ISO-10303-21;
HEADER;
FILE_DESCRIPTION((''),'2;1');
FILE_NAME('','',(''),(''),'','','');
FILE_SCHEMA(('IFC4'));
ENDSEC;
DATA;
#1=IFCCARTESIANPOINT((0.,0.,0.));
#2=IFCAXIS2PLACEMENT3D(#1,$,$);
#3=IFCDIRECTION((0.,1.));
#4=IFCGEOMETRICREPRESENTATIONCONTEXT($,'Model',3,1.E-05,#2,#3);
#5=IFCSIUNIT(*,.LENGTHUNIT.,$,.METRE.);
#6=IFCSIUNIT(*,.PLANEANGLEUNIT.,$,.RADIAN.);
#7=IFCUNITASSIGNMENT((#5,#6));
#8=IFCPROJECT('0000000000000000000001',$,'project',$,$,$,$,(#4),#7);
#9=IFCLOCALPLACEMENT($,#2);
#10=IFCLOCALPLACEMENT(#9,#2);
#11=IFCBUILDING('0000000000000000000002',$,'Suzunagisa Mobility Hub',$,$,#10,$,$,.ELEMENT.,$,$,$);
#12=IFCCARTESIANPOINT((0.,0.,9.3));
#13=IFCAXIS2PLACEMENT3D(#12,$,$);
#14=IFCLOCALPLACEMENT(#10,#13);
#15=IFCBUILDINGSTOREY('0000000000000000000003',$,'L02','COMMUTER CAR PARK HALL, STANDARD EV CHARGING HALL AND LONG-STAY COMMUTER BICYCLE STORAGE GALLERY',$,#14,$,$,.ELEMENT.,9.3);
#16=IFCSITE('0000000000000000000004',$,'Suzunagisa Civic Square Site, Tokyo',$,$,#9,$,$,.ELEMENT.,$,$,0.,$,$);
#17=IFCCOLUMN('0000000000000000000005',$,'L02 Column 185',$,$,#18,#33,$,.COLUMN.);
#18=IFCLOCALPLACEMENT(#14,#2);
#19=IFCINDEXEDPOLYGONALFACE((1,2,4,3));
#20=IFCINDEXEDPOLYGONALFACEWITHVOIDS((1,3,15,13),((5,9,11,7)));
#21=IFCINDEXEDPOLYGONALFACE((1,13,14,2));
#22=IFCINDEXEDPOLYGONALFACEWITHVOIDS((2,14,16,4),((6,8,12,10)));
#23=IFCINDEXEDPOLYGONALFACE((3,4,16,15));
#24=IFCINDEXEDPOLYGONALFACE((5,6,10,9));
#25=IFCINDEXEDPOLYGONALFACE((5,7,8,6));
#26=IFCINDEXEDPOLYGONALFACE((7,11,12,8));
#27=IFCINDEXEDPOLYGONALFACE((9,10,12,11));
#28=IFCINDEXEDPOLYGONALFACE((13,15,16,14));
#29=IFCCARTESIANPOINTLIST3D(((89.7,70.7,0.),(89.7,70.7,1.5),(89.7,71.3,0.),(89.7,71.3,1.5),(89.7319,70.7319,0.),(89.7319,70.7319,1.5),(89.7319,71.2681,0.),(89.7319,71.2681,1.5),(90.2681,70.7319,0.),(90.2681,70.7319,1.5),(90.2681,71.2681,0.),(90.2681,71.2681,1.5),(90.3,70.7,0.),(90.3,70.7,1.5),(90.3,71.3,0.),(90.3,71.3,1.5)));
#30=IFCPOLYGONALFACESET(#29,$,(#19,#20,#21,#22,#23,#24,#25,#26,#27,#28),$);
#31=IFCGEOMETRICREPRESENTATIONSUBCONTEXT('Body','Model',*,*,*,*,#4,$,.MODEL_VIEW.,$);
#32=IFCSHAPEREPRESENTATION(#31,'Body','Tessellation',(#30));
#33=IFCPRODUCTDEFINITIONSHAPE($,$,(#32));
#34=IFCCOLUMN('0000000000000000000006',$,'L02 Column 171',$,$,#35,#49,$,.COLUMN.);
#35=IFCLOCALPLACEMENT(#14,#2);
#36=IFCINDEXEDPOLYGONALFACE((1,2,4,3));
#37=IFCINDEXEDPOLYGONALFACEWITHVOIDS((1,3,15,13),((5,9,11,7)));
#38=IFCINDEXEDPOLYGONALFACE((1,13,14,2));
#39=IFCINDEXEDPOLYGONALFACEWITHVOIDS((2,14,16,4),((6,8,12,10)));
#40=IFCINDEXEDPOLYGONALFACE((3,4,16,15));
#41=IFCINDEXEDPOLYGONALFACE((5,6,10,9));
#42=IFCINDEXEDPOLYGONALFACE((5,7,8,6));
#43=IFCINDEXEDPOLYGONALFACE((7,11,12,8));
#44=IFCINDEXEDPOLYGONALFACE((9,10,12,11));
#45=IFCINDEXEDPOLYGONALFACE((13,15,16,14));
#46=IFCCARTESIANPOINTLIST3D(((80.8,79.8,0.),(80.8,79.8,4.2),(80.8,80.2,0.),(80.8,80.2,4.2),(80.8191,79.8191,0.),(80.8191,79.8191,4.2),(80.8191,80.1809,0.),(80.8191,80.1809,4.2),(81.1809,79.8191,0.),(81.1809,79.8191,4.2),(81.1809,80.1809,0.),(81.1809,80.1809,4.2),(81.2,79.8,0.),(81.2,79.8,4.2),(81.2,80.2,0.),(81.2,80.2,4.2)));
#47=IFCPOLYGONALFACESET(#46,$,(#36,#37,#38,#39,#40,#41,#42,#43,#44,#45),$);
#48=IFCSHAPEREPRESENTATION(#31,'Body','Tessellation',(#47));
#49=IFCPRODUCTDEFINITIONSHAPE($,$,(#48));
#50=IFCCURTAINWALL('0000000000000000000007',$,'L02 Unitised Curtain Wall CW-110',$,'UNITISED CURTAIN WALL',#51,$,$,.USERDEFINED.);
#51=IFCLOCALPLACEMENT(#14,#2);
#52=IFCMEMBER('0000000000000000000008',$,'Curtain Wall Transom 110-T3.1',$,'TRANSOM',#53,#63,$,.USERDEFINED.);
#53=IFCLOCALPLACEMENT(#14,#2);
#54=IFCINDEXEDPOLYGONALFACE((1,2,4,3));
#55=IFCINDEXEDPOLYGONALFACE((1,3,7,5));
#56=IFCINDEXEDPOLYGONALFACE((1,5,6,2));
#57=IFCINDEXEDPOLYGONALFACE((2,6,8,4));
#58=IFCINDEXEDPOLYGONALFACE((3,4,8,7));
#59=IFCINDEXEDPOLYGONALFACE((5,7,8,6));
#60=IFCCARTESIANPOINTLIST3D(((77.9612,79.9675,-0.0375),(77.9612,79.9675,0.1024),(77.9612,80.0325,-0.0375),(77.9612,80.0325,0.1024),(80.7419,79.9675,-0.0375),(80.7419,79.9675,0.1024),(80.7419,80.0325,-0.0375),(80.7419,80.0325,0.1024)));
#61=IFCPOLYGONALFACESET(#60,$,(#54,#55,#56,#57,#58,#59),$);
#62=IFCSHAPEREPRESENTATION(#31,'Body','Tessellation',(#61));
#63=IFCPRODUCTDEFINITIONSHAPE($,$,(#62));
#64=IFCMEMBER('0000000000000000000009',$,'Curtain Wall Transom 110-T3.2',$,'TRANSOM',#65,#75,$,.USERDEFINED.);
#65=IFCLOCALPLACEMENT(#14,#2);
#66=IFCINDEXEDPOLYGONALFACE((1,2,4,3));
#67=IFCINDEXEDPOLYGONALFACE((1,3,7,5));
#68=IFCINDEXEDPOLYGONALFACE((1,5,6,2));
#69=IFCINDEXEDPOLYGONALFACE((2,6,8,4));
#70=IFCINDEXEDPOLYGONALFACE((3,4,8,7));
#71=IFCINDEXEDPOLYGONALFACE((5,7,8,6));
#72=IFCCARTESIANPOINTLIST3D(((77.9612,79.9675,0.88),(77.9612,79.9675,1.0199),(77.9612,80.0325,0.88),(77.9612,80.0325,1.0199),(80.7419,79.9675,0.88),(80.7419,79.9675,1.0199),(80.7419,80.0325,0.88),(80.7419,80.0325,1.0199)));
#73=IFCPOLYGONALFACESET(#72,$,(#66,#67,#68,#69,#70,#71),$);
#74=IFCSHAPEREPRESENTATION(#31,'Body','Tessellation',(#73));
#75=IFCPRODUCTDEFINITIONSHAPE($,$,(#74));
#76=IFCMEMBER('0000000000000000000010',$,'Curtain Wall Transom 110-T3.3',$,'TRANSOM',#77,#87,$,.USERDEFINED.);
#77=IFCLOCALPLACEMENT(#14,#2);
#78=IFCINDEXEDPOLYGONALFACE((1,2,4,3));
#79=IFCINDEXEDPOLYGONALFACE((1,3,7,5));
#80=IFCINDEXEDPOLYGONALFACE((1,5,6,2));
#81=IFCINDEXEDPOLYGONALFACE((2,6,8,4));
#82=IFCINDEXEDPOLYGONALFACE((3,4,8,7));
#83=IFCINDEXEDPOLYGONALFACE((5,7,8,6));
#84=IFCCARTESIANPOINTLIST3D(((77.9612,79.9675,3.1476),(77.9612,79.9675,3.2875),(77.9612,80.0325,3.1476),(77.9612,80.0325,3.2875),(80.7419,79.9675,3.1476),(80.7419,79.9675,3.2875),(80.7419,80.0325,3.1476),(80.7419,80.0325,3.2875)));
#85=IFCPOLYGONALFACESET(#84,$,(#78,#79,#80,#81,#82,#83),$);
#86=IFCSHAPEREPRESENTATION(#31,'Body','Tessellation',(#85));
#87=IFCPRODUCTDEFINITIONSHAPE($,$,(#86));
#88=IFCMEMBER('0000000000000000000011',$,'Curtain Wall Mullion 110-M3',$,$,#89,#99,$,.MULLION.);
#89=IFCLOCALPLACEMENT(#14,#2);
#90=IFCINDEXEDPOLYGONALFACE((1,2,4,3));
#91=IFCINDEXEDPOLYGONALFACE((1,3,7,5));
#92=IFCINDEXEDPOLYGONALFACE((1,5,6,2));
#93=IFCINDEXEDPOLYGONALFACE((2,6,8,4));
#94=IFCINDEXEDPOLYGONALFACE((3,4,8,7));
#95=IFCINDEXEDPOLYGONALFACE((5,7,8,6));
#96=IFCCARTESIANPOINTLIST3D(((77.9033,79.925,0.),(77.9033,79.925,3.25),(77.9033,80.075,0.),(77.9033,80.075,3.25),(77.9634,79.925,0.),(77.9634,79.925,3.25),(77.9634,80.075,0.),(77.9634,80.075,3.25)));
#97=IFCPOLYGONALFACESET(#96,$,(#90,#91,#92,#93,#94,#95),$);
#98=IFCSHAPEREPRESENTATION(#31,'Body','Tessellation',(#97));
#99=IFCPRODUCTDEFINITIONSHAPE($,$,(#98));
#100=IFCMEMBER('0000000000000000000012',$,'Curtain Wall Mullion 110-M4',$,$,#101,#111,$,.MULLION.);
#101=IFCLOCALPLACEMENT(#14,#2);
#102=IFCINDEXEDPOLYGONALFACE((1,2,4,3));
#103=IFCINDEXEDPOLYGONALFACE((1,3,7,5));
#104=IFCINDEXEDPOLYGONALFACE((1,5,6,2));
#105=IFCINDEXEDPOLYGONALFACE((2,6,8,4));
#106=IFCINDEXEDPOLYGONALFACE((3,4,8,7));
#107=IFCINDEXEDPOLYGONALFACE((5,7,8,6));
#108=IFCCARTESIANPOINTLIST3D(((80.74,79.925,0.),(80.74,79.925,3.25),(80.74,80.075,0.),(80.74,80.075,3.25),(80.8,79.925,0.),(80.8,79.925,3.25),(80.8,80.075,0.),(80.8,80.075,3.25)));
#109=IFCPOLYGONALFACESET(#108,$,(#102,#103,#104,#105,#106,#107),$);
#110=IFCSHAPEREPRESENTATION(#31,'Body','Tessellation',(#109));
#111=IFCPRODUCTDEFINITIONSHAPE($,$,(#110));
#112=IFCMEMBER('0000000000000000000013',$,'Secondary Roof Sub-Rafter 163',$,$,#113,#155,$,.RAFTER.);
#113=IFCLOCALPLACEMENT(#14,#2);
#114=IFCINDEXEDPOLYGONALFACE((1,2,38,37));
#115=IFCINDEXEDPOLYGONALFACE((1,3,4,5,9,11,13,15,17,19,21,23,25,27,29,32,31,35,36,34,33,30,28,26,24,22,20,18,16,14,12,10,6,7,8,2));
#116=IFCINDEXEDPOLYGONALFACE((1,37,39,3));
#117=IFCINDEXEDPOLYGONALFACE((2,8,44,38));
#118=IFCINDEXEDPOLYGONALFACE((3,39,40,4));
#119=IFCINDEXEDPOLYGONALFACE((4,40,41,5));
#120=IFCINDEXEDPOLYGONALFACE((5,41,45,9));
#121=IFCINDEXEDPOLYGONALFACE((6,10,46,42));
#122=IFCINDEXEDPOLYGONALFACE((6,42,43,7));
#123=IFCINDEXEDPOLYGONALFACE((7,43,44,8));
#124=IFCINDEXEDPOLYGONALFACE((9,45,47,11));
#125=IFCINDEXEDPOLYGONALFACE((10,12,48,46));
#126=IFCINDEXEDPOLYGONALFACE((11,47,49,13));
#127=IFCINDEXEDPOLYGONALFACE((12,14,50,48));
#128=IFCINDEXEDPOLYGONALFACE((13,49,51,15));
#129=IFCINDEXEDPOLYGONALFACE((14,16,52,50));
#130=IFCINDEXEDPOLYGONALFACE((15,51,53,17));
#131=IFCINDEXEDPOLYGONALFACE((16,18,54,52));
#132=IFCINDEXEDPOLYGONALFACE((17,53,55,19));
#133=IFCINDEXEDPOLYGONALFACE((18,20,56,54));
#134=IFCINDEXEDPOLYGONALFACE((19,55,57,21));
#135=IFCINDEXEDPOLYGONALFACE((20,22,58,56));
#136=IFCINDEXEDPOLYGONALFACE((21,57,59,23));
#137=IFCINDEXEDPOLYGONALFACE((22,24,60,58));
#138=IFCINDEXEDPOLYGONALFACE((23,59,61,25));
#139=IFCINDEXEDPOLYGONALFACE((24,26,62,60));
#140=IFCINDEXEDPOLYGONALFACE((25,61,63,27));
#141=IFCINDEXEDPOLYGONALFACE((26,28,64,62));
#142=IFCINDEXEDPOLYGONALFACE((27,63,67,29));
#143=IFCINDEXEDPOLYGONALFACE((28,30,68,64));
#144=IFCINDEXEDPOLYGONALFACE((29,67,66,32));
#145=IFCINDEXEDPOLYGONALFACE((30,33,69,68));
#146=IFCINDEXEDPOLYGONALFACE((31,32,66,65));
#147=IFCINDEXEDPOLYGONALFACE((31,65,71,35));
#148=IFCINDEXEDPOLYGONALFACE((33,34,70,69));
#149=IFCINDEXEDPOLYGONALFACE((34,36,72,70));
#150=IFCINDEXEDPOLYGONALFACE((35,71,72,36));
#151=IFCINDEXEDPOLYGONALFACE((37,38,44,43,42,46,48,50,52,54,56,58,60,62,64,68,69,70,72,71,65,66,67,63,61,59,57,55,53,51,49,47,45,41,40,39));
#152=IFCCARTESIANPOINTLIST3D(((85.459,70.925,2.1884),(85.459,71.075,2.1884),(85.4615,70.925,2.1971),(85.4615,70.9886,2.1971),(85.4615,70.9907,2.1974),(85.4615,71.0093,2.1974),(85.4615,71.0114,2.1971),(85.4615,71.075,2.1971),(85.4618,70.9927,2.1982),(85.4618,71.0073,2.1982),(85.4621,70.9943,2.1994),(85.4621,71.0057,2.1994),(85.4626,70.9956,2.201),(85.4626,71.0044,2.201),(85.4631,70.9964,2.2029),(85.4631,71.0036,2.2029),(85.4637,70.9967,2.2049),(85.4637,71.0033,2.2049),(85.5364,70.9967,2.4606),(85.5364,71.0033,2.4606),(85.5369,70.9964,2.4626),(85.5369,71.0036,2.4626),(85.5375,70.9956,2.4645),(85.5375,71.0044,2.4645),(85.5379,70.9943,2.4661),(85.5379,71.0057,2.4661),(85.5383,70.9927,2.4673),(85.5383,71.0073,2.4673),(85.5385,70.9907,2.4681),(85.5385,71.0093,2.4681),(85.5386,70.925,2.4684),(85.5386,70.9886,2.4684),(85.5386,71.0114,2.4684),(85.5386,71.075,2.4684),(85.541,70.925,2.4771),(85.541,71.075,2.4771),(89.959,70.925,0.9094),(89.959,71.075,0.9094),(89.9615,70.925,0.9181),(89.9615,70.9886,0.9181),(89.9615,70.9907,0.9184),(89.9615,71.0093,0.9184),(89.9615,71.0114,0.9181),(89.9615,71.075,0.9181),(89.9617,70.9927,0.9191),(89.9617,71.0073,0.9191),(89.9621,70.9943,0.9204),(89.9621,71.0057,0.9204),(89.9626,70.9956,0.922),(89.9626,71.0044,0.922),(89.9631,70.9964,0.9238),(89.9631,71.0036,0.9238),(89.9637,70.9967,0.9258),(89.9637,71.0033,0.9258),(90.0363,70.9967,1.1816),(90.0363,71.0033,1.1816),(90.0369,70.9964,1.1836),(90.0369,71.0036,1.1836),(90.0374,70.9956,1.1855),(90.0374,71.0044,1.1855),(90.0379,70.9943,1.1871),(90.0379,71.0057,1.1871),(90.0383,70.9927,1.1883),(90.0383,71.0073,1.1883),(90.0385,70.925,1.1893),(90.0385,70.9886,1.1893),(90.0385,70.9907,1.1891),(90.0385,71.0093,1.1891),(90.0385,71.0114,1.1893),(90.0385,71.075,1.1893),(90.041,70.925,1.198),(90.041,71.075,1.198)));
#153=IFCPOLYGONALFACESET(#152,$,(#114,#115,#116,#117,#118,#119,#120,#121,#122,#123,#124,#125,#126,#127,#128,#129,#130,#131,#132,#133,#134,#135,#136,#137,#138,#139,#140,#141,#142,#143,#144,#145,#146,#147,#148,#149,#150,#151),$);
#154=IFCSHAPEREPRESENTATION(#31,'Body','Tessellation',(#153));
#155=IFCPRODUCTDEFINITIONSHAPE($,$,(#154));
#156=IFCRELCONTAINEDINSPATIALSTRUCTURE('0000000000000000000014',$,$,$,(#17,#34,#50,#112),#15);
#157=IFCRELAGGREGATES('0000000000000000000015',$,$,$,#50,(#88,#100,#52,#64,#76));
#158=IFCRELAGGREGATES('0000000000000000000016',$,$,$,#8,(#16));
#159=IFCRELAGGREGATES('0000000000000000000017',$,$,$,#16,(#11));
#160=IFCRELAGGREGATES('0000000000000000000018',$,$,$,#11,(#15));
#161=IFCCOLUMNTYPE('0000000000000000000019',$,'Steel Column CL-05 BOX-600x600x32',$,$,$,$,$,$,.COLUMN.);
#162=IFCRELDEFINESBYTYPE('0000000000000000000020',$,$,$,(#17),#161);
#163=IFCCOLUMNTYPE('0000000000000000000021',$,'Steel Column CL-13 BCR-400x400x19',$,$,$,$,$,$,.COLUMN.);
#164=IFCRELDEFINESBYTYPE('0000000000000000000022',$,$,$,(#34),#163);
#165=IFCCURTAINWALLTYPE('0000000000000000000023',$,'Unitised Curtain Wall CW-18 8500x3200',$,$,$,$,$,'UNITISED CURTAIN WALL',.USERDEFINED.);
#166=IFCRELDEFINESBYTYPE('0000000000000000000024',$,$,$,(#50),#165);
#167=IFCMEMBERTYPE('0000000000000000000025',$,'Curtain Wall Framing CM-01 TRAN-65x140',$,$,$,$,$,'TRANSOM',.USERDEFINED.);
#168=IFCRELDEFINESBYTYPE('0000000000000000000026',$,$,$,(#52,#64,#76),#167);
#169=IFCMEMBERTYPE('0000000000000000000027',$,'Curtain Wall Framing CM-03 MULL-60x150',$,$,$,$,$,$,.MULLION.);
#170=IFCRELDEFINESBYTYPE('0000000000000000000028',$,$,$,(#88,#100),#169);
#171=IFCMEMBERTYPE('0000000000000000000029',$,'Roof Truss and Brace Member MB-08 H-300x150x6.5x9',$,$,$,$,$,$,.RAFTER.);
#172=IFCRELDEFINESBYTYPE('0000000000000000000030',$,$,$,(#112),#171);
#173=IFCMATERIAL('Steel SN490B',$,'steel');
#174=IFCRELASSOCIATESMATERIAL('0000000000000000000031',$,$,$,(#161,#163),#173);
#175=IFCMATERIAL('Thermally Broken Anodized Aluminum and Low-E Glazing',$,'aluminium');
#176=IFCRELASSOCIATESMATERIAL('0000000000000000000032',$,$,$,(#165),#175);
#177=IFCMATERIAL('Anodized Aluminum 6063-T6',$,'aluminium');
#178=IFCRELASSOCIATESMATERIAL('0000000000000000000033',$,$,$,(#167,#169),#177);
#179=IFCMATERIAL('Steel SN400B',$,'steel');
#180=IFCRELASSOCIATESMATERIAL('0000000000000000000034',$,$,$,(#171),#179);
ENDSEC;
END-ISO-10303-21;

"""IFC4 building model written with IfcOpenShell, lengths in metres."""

from ifc_helpers import new_model, si_unit, direction, frame, origin, origin_2d, place, context, subcontext, project, spatial, rectangle, hollow_rectangle, i_section, extrude, material, material_profile, profile_set, type_object, element, aggregate, save


model = new_model("IFC4")

# Units and contexts
model_context = context("Model", 3, precision=1e-05, world=origin(), true_north=direction((0.0, 1.0)))
body_context = subcontext(model_context, "Body", "Model", "MODEL_VIEW")
ifc_project = project(units=[si_unit("LENGTHUNIT", "METRE"), si_unit("PLANEANGLEUNIT", "RADIAN")], contexts=[model_context])

# Site, building, storey
site_placement = place(None, origin())
site = spatial("IfcSite", under=ifc_project, at=site_placement, Name="Suzunagisa Civic Square Site, Tokyo", CompositionType="ELEMENT", RefElevation=0.0)
building_placement = place(site_placement, origin())
building = spatial("IfcBuilding", under=site, at=building_placement, Name="Suzunagisa Mobility Hub", CompositionType="ELEMENT")
storey_placement = place(building_placement, frame((0.0, 0.0, 9.3)))
storey = spatial("IfcBuildingStorey", under=building, at=storey_placement, Name="L02", Description="COMMUTER CAR PARK HALL, STANDARD EV CHARGING HALL AND LONG-STAY COMMUTER BICYCLE STORAGE GALLERY", CompositionType="ELEMENT", Elevation=9.3)

# Columns
ifc_material_1 = material(Name="Steel SN490B", Category="steel")
ifc_material_profile_1 = material_profile(ifc_material_1, hollow_rectangle(XDim=0.6001, YDim=0.6001, WallThickness=0.032, at=origin_2d()), Name="BOX-600x600x32")
ifc_profile_set_1 = profile_set([ifc_material_profile_1], Name="Steel SN490B")
column_type_1 = type_object("IfcColumnType", Name="Steel Column CL-05 BOX-600x600x32", PredefinedType="COLUMN", material=ifc_profile_set_1)
column_1_placement = place(storey_placement, frame((90.0, 71.0, 0.0), z_axis=(0.0, 0.0, 1.0), x_axis=(1.0, 0.0, 0.0)))
element("IfcColumn", 1, at=column_1_placement, inside=storey, type_object=column_type_1, Name="L02 Column 185", PredefinedType="COLUMN", context=body_context, shape_type="SweptSolid", body=[
    extrude(hollow_rectangle(XDim=0.6001, YDim=0.6001, WallThickness=0.032, at=origin_2d()), origin(), (0.0, 0.0, 1.0), 1.5),
])
ifc_material_profile_2 = material_profile(ifc_material_1, hollow_rectangle(XDim=0.3999, YDim=0.3999, WallThickness=0.019, at=origin_2d()), Name="BCR-400x400x19")
ifc_profile_set_2 = profile_set([ifc_material_profile_2], Name="Steel SN490B")
column_type_2 = type_object("IfcColumnType", Name="Steel Column CL-13 BCR-400x400x19", PredefinedType="COLUMN", material=ifc_profile_set_2)
column_2_placement = place(storey_placement, frame((81.0, 80.0, 0.0), z_axis=(0.0, 0.0, 1.0), x_axis=(1.0, 0.0, 0.0)))
element("IfcColumn", 2, at=column_2_placement, inside=storey, type_object=column_type_2, Name="L02 Column 171", PredefinedType="COLUMN", context=body_context, shape_type="SweptSolid", body=[
    extrude(hollow_rectangle(XDim=0.3999, YDim=0.3999, WallThickness=0.019, at=origin_2d()), origin(), (0.0, 0.0, 1.0), 4.2),
])

# Curtain wall, members
ifc_material_2 = material(Name="Thermally Broken Anodized Aluminum and Low-E Glazing", Category="aluminium")
curtain_wall_type = type_object("IfcCurtainWallType", Name="Unitised Curtain Wall CW-18 8500x3200", ElementType="UNITISED CURTAIN WALL", PredefinedType="USERDEFINED", material=ifc_material_2)
curtain_wall_placement = place(storey_placement, origin())
curtain_wall = element("IfcCurtainWall", 3, at=curtain_wall_placement, inside=storey, type_object=curtain_wall_type, Name="L02 Unitised Curtain Wall CW-110", ObjectType="UNITISED CURTAIN WALL", PredefinedType="USERDEFINED")
ifc_material_3 = material(Name="Anodized Aluminum 6063-T6", Category="aluminium")
ifc_material_profile_3 = material_profile(ifc_material_3, rectangle(XDim=0.0649, YDim=0.1399, at=origin_2d()), Name="TRAN-65x140")
ifc_profile_set_3 = profile_set([ifc_material_profile_3], Name="Anodized Aluminum 6063-T6")
member_type_1 = type_object("IfcMemberType", Name="Curtain Wall Framing CM-01 TRAN-65x140", ElementType="TRANSOM", PredefinedType="USERDEFINED", material=ifc_profile_set_3)
member_1_placement = place(storey_placement, frame((77.9612, 80.0, 0.0325), z_axis=(1.0, 0.0, 0.0), x_axis=(0.0, 1.0, 0.0)))
member_1 = element("IfcMember", 4, at=member_1_placement, type_object=member_type_1, Name="Curtain Wall Transom 110-T3.1", ObjectType="TRANSOM", PredefinedType="USERDEFINED", context=body_context, shape_type="SweptSolid", body=[
    extrude(rectangle(XDim=0.0649, YDim=0.1399, at=origin_2d()), origin(), (0.0, 0.0, 1.0), 2.7808),
])
member_2_placement = place(storey_placement, frame((77.9612, 80.0, 0.95), z_axis=(1.0, 0.0, 0.0), x_axis=(0.0, 1.0, 0.0)))
member_2 = element("IfcMember", 5, at=member_2_placement, type_object=member_type_1, Name="Curtain Wall Transom 110-T3.2", ObjectType="TRANSOM", PredefinedType="USERDEFINED", context=body_context, shape_type="SweptSolid", body=[
    extrude(rectangle(XDim=0.0649, YDim=0.1399, at=origin_2d()), origin(), (0.0, 0.0, 1.0), 2.7808),
])
member_3_placement = place(storey_placement, frame((77.9612, 80.0, 3.2175), z_axis=(1.0, 0.0, 0.0), x_axis=(0.0, 1.0, 0.0)))
member_3 = element("IfcMember", 6, at=member_3_placement, type_object=member_type_1, Name="Curtain Wall Transom 110-T3.3", ObjectType="TRANSOM", PredefinedType="USERDEFINED", context=body_context, shape_type="SweptSolid", body=[
    extrude(rectangle(XDim=0.0649, YDim=0.1399, at=origin_2d()), origin(), (0.0, 0.0, 1.0), 2.7808),
])
ifc_material_profile_4 = material_profile(ifc_material_3, rectangle(XDim=0.0601, YDim=0.1499, at=origin_2d()), Name="MULL-60x150")
ifc_profile_set_4 = profile_set([ifc_material_profile_4], Name="Anodized Aluminum 6063-T6")
member_type_2 = type_object("IfcMemberType", Name="Curtain Wall Framing CM-03 MULL-60x150", PredefinedType="MULLION", material=ifc_profile_set_4)
member_4_placement = place(storey_placement, frame((77.9333, 80.0, 0.0), z_axis=(0.0, 0.0, 1.0), x_axis=(1.0, 0.0, 0.0)))
member_4 = element("IfcMember", 7, at=member_4_placement, type_object=member_type_2, Name="Curtain Wall Mullion 110-M3", PredefinedType="MULLION", context=body_context, shape_type="SweptSolid", body=[
    extrude(rectangle(XDim=0.0601, YDim=0.1499, at=origin_2d()), origin(), (0.0, 0.0, 1.0), 3.25),
])
member_5_placement = place(storey_placement, frame((80.77, 80.0, 0.0), z_axis=(0.0, 0.0, 1.0), x_axis=(1.0, 0.0, 0.0)))
member_5 = element("IfcMember", 8, at=member_5_placement, type_object=member_type_2, Name="Curtain Wall Mullion 110-M4", PredefinedType="MULLION", context=body_context, shape_type="SweptSolid", body=[
    extrude(rectangle(XDim=0.0601, YDim=0.1499, at=origin_2d()), origin(), (0.0, 0.0, 1.0), 3.25),
])

# Member
ifc_material_4 = material(Name="Steel SN400B", Category="steel")
ifc_material_profile_5 = material_profile(ifc_material_4, i_section(OverallWidth=0.1499, OverallDepth=0.3, WebThickness=0.0066, FlangeThickness=0.009, FilletRadius=0.0081, at=origin_2d()), Name="H-300x150x6.5x9")
ifc_profile_set_5 = profile_set([ifc_material_profile_5], Name="Steel SN400B")
member_type_3 = type_object("IfcMemberType", Name="Roof Truss and Brace Member MB-08 H-300x150x6.5x9", PredefinedType="RAFTER", material=ifc_profile_set_5)
for number, where, z_axis, x_axis, name in (
    (9, (90.0, 71.0, 1.0537), (-0.961899, 0.0, 0.273404), (0.0, -1.0, 0.0), "Secondary Roof Sub-Rafter 163"),
):
    element("IfcMember", number, at=place(storey_placement, frame(where, z_axis=z_axis, x_axis=x_axis)), inside=storey, type_object=member_type_3, Name=name, PredefinedType="RAFTER", context=body_context, shape_type="SweptSolid", body=[
        extrude(i_section(OverallWidth=0.1499, OverallDepth=0.3, WebThickness=0.0066, FlangeThickness=0.009, FilletRadius=0.0081, at=origin_2d()), origin(), (0.0, 0.0, 1.0), 4.6782),
    ])

aggregate(curtain_wall, [member_4, member_5, member_1, member_2, member_3])

save(model, "model.ifc")
